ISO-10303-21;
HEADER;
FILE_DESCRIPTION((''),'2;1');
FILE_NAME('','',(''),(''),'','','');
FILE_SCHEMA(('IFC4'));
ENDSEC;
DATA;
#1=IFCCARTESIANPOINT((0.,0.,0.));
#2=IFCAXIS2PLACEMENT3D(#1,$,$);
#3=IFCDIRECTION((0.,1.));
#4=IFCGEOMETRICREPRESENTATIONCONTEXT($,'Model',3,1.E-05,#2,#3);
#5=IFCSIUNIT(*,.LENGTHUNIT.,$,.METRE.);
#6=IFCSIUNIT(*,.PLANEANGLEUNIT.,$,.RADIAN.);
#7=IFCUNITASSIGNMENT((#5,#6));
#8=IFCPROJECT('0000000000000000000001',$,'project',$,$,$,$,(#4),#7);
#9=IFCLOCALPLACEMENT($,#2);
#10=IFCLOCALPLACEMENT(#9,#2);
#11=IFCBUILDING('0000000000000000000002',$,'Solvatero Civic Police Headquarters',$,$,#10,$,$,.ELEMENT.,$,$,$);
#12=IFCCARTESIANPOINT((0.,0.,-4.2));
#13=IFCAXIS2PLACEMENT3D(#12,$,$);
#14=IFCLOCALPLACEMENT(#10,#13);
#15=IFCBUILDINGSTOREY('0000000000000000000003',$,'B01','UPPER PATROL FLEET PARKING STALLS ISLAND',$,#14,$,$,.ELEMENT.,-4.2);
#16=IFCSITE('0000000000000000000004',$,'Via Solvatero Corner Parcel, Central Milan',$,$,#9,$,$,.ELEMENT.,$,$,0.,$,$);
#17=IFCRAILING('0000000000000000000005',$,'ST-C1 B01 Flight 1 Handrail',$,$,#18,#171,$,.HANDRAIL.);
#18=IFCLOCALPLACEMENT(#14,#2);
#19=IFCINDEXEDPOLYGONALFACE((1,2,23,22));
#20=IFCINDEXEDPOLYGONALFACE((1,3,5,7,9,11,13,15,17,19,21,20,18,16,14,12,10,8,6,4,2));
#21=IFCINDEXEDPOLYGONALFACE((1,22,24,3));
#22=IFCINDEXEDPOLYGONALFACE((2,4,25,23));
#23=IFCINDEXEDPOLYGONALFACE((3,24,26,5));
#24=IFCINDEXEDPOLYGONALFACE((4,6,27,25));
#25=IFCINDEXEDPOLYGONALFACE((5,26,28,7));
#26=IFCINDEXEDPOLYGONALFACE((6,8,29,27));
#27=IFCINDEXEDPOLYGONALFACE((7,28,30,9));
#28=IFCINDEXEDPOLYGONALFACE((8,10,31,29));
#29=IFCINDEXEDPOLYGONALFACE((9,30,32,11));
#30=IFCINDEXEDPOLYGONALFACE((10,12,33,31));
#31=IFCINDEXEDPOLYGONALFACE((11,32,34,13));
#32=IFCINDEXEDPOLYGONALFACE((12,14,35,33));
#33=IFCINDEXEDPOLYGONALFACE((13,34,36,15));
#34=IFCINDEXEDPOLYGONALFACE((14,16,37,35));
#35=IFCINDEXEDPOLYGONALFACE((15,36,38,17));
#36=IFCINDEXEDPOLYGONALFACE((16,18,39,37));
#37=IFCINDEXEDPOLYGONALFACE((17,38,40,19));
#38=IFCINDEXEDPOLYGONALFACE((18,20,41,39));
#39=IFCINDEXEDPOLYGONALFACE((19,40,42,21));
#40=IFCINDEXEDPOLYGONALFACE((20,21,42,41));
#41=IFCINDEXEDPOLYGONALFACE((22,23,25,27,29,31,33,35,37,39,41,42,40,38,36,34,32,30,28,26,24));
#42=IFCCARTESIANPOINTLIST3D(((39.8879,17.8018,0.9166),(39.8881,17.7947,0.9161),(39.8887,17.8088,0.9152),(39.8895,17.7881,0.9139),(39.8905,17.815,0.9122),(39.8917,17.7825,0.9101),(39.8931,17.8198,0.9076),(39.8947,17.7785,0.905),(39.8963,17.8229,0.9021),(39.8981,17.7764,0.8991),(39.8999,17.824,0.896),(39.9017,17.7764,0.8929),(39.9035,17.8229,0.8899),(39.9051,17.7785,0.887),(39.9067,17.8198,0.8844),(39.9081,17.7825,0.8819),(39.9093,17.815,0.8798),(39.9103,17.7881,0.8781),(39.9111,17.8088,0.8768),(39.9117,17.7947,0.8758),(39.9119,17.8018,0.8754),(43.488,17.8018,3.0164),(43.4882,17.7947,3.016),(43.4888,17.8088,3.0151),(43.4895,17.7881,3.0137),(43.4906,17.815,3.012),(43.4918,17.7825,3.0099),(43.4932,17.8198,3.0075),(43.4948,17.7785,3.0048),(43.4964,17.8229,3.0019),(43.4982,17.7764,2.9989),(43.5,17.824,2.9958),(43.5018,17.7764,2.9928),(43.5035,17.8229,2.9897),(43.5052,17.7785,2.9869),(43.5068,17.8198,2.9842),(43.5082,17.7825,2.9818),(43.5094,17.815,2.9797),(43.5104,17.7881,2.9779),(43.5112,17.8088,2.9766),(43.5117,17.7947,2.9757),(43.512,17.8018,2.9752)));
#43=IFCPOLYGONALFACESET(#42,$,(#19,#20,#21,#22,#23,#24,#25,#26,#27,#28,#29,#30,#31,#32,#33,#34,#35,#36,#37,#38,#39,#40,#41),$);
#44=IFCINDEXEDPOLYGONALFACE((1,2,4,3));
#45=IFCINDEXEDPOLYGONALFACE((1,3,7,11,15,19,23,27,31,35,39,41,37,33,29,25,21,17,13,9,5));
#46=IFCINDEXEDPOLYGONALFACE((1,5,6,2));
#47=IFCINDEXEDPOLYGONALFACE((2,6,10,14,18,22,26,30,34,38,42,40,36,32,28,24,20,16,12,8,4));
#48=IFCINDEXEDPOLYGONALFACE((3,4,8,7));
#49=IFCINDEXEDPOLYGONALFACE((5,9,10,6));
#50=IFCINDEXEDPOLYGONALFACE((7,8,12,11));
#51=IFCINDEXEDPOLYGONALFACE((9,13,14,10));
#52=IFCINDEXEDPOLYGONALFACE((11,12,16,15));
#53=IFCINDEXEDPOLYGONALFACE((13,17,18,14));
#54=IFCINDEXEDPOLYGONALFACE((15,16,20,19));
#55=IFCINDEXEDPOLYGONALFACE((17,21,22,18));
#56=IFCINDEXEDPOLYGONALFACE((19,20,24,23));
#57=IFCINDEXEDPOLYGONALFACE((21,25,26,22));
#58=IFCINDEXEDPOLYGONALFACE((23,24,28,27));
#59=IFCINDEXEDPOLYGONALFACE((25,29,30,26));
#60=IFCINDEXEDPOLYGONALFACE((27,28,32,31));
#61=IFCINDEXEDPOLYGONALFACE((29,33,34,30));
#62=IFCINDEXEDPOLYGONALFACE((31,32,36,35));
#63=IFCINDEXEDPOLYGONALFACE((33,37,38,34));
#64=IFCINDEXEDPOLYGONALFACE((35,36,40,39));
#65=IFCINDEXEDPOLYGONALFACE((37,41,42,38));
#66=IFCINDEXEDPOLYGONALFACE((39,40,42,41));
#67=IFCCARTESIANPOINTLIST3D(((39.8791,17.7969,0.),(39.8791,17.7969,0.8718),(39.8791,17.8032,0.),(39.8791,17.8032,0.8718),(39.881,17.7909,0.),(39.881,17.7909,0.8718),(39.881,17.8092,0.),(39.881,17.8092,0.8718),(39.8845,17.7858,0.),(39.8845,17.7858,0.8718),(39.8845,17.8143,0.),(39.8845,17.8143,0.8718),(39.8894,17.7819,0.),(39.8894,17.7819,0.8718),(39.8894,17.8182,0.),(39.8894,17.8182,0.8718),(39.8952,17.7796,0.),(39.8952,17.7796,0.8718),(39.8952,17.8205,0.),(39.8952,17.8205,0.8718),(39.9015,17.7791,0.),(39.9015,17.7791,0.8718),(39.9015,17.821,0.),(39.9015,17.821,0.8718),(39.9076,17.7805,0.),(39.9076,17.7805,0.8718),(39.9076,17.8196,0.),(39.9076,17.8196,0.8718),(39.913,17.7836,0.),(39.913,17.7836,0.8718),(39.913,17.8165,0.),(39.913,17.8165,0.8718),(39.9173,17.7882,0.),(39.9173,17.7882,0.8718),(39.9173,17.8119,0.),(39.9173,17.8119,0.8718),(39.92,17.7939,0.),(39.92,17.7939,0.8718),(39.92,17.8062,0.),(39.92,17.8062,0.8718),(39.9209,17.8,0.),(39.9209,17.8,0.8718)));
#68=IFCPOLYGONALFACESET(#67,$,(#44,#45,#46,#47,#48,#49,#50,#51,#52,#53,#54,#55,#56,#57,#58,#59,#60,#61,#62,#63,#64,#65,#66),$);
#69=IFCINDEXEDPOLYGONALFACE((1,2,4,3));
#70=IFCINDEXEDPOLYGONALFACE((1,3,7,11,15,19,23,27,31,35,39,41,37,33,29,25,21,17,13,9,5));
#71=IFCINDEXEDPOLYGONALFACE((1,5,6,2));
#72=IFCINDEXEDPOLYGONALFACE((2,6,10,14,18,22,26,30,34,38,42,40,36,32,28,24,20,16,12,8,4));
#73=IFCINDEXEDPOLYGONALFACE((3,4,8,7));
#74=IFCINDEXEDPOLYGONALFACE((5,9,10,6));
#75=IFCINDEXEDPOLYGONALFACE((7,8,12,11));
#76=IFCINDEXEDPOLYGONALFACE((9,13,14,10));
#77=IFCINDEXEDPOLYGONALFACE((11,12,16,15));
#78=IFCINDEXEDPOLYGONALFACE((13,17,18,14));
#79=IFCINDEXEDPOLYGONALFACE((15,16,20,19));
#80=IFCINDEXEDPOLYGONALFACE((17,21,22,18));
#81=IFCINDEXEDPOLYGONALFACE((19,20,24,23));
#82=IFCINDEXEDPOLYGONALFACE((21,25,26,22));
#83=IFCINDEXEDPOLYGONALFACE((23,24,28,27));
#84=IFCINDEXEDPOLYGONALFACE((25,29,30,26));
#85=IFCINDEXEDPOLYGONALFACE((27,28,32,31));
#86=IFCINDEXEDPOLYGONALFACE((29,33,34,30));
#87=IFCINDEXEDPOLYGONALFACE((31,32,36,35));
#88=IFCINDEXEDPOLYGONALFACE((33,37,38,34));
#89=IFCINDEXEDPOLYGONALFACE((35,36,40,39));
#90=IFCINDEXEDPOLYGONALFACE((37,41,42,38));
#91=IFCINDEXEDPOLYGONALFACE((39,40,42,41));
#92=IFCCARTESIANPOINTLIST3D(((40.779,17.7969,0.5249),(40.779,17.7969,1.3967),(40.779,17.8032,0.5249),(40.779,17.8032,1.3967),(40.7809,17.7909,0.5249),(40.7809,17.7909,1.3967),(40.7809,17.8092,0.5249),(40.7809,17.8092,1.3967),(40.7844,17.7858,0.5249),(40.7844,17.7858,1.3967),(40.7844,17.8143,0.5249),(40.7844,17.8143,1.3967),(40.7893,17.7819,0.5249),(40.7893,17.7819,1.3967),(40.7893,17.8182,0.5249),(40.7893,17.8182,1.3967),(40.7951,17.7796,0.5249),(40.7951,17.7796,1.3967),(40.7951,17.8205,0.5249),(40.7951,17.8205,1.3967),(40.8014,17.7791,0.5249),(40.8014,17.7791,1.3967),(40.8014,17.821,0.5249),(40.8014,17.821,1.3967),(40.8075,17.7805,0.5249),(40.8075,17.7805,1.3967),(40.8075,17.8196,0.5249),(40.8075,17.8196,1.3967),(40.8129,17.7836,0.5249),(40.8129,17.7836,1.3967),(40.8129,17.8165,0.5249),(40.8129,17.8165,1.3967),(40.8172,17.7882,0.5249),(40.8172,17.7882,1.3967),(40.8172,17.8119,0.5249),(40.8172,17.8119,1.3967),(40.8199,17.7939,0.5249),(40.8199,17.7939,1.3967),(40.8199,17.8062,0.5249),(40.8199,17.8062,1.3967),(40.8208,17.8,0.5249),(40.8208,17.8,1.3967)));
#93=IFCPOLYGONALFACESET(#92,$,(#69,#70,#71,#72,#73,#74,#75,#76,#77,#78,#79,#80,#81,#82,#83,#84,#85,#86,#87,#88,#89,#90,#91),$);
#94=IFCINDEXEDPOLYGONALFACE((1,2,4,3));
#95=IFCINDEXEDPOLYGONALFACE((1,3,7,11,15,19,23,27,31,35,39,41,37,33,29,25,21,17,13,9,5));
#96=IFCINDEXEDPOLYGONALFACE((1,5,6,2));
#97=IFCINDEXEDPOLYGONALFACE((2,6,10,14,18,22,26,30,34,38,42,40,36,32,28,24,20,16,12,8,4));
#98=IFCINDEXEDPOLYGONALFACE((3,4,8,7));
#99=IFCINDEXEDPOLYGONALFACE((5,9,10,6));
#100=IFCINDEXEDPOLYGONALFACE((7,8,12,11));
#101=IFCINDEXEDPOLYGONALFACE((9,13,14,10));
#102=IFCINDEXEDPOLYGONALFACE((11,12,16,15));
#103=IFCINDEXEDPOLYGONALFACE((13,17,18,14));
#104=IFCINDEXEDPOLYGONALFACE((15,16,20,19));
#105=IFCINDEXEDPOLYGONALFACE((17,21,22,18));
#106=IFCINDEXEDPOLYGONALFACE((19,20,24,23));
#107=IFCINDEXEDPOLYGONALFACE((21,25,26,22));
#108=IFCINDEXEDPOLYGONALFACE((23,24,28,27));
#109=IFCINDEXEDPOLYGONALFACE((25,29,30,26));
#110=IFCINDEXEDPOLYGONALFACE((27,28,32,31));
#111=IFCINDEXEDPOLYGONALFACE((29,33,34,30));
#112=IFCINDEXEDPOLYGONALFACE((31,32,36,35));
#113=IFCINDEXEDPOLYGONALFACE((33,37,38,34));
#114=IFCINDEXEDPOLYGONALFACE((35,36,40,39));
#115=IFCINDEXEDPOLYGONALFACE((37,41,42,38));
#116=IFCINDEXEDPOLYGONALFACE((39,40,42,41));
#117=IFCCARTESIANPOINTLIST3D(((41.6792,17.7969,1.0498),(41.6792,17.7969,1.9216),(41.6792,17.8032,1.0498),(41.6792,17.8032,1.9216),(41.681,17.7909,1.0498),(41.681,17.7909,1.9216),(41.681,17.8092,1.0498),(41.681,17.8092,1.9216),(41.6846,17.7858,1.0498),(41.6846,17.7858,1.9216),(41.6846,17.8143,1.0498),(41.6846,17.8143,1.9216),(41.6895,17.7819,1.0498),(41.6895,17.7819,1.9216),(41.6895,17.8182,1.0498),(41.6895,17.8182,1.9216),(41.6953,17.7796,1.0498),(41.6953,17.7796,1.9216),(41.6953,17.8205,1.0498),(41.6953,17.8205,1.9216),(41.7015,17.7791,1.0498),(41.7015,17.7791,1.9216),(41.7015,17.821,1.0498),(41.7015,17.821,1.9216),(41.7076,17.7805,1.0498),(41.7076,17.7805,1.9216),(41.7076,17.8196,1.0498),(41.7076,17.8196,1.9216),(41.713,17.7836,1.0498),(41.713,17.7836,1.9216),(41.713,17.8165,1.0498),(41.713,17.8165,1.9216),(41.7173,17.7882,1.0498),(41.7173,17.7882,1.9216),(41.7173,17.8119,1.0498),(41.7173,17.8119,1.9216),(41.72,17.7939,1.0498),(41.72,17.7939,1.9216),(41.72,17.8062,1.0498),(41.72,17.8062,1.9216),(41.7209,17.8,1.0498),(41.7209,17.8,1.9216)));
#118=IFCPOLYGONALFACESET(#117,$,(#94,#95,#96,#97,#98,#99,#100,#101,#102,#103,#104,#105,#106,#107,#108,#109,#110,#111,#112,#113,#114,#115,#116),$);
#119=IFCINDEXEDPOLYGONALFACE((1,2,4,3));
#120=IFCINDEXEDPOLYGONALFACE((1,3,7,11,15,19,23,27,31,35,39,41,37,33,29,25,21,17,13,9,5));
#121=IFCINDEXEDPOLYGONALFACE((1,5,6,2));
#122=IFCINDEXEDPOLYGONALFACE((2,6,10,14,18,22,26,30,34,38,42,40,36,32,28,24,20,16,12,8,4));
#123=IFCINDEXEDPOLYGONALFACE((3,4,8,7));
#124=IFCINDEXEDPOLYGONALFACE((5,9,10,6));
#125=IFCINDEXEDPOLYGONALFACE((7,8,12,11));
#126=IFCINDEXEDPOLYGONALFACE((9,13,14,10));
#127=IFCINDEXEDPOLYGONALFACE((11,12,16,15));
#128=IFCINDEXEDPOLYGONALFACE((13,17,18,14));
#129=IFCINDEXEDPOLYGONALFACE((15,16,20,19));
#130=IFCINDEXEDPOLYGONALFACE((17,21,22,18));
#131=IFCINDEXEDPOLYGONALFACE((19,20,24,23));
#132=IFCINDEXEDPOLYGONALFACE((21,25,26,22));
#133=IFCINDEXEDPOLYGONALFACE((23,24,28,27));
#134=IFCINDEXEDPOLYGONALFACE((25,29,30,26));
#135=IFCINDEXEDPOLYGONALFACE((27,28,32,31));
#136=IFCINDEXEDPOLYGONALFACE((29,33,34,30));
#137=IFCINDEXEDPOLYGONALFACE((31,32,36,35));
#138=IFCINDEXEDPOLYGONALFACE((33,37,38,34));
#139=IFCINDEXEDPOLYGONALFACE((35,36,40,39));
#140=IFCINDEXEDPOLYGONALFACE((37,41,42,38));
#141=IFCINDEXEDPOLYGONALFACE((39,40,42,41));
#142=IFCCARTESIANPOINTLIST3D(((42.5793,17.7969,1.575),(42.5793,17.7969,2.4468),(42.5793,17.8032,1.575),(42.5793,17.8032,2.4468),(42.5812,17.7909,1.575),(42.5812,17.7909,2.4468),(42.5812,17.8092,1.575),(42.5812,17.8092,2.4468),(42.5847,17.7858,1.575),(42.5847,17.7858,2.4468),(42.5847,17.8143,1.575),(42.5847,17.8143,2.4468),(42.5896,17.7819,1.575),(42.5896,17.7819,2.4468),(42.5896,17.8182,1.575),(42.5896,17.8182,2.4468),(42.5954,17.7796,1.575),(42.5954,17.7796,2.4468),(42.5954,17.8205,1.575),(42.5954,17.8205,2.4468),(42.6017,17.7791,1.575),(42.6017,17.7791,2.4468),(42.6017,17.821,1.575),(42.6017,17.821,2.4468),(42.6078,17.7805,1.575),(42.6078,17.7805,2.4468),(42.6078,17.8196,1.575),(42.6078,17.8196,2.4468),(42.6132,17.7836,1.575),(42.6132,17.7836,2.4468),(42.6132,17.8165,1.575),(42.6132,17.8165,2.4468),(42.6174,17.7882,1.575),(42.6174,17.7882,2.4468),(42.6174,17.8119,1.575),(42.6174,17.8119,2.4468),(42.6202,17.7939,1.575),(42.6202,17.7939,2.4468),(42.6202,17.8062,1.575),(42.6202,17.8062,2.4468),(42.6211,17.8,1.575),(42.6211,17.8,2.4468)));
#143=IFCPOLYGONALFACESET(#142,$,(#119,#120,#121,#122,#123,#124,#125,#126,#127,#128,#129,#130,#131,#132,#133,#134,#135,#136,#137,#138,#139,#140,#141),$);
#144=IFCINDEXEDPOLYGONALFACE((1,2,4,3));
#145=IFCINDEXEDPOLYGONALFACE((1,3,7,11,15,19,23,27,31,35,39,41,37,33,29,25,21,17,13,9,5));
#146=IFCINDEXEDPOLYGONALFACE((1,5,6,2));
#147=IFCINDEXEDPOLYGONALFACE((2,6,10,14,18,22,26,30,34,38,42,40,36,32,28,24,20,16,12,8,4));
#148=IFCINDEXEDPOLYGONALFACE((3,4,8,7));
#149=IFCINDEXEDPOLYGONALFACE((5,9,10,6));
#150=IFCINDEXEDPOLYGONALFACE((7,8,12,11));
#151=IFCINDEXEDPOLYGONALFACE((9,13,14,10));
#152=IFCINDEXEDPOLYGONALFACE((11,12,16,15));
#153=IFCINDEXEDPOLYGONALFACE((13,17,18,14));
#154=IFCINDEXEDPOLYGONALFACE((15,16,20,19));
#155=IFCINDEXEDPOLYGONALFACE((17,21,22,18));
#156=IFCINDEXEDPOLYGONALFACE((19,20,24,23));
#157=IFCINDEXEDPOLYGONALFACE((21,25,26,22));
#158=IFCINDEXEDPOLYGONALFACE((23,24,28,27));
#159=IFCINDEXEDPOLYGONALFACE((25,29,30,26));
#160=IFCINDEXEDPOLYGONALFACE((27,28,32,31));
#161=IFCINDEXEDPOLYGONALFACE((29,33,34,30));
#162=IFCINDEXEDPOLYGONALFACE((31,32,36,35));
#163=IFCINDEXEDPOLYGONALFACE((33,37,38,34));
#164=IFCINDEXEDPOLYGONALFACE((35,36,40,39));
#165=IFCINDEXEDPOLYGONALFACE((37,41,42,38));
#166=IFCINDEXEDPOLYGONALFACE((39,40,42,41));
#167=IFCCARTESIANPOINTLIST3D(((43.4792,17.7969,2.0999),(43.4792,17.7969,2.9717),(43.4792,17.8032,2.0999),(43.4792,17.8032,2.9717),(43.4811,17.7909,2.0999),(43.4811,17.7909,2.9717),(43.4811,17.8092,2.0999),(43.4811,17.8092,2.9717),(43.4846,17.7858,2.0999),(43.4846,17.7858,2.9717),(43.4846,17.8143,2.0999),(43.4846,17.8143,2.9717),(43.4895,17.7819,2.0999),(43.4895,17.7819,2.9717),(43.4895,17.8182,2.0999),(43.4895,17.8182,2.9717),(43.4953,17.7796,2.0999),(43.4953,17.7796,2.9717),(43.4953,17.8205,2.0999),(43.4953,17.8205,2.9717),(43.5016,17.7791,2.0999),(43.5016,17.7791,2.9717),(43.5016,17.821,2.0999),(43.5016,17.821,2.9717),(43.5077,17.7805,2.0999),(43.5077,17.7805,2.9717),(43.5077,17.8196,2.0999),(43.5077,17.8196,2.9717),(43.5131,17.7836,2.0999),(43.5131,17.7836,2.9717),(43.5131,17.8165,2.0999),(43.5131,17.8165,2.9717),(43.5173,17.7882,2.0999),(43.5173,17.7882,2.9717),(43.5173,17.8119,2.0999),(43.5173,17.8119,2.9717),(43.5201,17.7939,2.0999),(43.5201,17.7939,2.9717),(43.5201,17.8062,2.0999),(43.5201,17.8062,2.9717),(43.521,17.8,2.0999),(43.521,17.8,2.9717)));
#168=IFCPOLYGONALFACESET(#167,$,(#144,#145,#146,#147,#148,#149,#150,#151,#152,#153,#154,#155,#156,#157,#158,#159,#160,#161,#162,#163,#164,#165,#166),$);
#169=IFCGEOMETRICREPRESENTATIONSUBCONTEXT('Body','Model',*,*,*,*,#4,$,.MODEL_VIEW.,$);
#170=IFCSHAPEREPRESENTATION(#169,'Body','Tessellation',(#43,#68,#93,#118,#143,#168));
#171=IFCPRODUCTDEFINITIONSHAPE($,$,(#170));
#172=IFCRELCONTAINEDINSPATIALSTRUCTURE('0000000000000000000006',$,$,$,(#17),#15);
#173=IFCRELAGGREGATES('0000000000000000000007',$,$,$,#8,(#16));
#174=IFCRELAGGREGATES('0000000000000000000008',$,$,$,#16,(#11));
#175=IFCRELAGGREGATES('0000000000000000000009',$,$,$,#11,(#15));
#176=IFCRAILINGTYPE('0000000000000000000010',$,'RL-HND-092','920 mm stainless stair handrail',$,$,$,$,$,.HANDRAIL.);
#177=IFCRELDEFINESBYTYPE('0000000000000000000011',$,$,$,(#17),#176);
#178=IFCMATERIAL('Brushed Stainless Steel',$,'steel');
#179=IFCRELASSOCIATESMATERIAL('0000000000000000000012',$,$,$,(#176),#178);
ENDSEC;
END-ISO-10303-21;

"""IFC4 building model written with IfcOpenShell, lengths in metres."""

from ifc_helpers import new_model, si_unit, direction, frame, origin, origin_2d, place, context, subcontext, project, spatial, circle, extrude, material, type_object, element, save


model = new_model("IFC4")

# Units and contexts
model_context = context("Model", 3, precision=1e-05, world=origin(), true_north=direction((0.0, 1.0)))
body_context = subcontext(model_context, "Body", "Model", "MODEL_VIEW")
ifc_project = project(units=[si_unit("LENGTHUNIT", "METRE"), si_unit("PLANEANGLEUNIT", "RADIAN")], contexts=[model_context])

# Site, building, storey
site_placement = place(None, origin())
site = spatial("IfcSite", under=ifc_project, at=site_placement, Name="Via Solvatero Corner Parcel, Central Milan", CompositionType="ELEMENT", RefElevation=0.0)
building_placement = place(site_placement, origin())
building = spatial("IfcBuilding", under=site, at=building_placement, Name="Solvatero Civic Police Headquarters", CompositionType="ELEMENT")
storey_placement = place(building_placement, frame((0.0, 0.0, -4.2)))
storey = spatial("IfcBuildingStorey", under=building, at=storey_placement, Name="B01", Description="UPPER PATROL FLEET PARKING STALLS ISLAND", CompositionType="ELEMENT", Elevation=-4.2)

# Railing
ifc_material_1 = material(Name="Brushed Stainless Steel", Category="steel")
railing_type_1 = type_object("IfcRailingType", Name="RL-HND-092", Description="920 mm stainless stair handrail", PredefinedType="HANDRAIL", material=ifc_material_1)
railing_1_placement = place(storey_placement, frame((39.8999, 17.8, 0.0)))
element("IfcRailing", 1, at=railing_1_placement, inside=storey, type_object=railing_type_1, Name="ST-C1 B01 Flight 1 Handrail", PredefinedType="HANDRAIL", context=body_context, shape_type="SweptSolid", body=[
    extrude(circle(Radius=0.0239, at=origin_2d()), frame((0.0, 0.0, 0.896), z_axis=(0.8638, 0.0, 0.503835), x_axis=(0.0, 1.0, 0.0)), (0.0, 0.0, 1.0), 4.1677),
    extrude(circle(Radius=0.021, at=origin_2d()), origin(), (0.0, 0.0, 1.0), 0.8718),
    extrude(circle(Radius=0.021, at=origin_2d()), frame((0.8999, 0.0, 0.5249)), (0.0, 0.0, 1.0), 0.8718),
    extrude(circle(Radius=0.021, at=origin_2d()), frame((1.8, 0.0, 1.0498)), (0.0, 0.0, 1.0), 0.8718),
    extrude(circle(Radius=0.021, at=origin_2d()), frame((2.7002, 0.0, 1.575)), (0.0, 0.0, 1.0), 0.8718),
    extrude(circle(Radius=0.021, at=origin_2d()), frame((3.6001, 0.0, 2.0999)), (0.0, 0.0, 1.0), 0.8718),
])

save(model, "model.ifc")
